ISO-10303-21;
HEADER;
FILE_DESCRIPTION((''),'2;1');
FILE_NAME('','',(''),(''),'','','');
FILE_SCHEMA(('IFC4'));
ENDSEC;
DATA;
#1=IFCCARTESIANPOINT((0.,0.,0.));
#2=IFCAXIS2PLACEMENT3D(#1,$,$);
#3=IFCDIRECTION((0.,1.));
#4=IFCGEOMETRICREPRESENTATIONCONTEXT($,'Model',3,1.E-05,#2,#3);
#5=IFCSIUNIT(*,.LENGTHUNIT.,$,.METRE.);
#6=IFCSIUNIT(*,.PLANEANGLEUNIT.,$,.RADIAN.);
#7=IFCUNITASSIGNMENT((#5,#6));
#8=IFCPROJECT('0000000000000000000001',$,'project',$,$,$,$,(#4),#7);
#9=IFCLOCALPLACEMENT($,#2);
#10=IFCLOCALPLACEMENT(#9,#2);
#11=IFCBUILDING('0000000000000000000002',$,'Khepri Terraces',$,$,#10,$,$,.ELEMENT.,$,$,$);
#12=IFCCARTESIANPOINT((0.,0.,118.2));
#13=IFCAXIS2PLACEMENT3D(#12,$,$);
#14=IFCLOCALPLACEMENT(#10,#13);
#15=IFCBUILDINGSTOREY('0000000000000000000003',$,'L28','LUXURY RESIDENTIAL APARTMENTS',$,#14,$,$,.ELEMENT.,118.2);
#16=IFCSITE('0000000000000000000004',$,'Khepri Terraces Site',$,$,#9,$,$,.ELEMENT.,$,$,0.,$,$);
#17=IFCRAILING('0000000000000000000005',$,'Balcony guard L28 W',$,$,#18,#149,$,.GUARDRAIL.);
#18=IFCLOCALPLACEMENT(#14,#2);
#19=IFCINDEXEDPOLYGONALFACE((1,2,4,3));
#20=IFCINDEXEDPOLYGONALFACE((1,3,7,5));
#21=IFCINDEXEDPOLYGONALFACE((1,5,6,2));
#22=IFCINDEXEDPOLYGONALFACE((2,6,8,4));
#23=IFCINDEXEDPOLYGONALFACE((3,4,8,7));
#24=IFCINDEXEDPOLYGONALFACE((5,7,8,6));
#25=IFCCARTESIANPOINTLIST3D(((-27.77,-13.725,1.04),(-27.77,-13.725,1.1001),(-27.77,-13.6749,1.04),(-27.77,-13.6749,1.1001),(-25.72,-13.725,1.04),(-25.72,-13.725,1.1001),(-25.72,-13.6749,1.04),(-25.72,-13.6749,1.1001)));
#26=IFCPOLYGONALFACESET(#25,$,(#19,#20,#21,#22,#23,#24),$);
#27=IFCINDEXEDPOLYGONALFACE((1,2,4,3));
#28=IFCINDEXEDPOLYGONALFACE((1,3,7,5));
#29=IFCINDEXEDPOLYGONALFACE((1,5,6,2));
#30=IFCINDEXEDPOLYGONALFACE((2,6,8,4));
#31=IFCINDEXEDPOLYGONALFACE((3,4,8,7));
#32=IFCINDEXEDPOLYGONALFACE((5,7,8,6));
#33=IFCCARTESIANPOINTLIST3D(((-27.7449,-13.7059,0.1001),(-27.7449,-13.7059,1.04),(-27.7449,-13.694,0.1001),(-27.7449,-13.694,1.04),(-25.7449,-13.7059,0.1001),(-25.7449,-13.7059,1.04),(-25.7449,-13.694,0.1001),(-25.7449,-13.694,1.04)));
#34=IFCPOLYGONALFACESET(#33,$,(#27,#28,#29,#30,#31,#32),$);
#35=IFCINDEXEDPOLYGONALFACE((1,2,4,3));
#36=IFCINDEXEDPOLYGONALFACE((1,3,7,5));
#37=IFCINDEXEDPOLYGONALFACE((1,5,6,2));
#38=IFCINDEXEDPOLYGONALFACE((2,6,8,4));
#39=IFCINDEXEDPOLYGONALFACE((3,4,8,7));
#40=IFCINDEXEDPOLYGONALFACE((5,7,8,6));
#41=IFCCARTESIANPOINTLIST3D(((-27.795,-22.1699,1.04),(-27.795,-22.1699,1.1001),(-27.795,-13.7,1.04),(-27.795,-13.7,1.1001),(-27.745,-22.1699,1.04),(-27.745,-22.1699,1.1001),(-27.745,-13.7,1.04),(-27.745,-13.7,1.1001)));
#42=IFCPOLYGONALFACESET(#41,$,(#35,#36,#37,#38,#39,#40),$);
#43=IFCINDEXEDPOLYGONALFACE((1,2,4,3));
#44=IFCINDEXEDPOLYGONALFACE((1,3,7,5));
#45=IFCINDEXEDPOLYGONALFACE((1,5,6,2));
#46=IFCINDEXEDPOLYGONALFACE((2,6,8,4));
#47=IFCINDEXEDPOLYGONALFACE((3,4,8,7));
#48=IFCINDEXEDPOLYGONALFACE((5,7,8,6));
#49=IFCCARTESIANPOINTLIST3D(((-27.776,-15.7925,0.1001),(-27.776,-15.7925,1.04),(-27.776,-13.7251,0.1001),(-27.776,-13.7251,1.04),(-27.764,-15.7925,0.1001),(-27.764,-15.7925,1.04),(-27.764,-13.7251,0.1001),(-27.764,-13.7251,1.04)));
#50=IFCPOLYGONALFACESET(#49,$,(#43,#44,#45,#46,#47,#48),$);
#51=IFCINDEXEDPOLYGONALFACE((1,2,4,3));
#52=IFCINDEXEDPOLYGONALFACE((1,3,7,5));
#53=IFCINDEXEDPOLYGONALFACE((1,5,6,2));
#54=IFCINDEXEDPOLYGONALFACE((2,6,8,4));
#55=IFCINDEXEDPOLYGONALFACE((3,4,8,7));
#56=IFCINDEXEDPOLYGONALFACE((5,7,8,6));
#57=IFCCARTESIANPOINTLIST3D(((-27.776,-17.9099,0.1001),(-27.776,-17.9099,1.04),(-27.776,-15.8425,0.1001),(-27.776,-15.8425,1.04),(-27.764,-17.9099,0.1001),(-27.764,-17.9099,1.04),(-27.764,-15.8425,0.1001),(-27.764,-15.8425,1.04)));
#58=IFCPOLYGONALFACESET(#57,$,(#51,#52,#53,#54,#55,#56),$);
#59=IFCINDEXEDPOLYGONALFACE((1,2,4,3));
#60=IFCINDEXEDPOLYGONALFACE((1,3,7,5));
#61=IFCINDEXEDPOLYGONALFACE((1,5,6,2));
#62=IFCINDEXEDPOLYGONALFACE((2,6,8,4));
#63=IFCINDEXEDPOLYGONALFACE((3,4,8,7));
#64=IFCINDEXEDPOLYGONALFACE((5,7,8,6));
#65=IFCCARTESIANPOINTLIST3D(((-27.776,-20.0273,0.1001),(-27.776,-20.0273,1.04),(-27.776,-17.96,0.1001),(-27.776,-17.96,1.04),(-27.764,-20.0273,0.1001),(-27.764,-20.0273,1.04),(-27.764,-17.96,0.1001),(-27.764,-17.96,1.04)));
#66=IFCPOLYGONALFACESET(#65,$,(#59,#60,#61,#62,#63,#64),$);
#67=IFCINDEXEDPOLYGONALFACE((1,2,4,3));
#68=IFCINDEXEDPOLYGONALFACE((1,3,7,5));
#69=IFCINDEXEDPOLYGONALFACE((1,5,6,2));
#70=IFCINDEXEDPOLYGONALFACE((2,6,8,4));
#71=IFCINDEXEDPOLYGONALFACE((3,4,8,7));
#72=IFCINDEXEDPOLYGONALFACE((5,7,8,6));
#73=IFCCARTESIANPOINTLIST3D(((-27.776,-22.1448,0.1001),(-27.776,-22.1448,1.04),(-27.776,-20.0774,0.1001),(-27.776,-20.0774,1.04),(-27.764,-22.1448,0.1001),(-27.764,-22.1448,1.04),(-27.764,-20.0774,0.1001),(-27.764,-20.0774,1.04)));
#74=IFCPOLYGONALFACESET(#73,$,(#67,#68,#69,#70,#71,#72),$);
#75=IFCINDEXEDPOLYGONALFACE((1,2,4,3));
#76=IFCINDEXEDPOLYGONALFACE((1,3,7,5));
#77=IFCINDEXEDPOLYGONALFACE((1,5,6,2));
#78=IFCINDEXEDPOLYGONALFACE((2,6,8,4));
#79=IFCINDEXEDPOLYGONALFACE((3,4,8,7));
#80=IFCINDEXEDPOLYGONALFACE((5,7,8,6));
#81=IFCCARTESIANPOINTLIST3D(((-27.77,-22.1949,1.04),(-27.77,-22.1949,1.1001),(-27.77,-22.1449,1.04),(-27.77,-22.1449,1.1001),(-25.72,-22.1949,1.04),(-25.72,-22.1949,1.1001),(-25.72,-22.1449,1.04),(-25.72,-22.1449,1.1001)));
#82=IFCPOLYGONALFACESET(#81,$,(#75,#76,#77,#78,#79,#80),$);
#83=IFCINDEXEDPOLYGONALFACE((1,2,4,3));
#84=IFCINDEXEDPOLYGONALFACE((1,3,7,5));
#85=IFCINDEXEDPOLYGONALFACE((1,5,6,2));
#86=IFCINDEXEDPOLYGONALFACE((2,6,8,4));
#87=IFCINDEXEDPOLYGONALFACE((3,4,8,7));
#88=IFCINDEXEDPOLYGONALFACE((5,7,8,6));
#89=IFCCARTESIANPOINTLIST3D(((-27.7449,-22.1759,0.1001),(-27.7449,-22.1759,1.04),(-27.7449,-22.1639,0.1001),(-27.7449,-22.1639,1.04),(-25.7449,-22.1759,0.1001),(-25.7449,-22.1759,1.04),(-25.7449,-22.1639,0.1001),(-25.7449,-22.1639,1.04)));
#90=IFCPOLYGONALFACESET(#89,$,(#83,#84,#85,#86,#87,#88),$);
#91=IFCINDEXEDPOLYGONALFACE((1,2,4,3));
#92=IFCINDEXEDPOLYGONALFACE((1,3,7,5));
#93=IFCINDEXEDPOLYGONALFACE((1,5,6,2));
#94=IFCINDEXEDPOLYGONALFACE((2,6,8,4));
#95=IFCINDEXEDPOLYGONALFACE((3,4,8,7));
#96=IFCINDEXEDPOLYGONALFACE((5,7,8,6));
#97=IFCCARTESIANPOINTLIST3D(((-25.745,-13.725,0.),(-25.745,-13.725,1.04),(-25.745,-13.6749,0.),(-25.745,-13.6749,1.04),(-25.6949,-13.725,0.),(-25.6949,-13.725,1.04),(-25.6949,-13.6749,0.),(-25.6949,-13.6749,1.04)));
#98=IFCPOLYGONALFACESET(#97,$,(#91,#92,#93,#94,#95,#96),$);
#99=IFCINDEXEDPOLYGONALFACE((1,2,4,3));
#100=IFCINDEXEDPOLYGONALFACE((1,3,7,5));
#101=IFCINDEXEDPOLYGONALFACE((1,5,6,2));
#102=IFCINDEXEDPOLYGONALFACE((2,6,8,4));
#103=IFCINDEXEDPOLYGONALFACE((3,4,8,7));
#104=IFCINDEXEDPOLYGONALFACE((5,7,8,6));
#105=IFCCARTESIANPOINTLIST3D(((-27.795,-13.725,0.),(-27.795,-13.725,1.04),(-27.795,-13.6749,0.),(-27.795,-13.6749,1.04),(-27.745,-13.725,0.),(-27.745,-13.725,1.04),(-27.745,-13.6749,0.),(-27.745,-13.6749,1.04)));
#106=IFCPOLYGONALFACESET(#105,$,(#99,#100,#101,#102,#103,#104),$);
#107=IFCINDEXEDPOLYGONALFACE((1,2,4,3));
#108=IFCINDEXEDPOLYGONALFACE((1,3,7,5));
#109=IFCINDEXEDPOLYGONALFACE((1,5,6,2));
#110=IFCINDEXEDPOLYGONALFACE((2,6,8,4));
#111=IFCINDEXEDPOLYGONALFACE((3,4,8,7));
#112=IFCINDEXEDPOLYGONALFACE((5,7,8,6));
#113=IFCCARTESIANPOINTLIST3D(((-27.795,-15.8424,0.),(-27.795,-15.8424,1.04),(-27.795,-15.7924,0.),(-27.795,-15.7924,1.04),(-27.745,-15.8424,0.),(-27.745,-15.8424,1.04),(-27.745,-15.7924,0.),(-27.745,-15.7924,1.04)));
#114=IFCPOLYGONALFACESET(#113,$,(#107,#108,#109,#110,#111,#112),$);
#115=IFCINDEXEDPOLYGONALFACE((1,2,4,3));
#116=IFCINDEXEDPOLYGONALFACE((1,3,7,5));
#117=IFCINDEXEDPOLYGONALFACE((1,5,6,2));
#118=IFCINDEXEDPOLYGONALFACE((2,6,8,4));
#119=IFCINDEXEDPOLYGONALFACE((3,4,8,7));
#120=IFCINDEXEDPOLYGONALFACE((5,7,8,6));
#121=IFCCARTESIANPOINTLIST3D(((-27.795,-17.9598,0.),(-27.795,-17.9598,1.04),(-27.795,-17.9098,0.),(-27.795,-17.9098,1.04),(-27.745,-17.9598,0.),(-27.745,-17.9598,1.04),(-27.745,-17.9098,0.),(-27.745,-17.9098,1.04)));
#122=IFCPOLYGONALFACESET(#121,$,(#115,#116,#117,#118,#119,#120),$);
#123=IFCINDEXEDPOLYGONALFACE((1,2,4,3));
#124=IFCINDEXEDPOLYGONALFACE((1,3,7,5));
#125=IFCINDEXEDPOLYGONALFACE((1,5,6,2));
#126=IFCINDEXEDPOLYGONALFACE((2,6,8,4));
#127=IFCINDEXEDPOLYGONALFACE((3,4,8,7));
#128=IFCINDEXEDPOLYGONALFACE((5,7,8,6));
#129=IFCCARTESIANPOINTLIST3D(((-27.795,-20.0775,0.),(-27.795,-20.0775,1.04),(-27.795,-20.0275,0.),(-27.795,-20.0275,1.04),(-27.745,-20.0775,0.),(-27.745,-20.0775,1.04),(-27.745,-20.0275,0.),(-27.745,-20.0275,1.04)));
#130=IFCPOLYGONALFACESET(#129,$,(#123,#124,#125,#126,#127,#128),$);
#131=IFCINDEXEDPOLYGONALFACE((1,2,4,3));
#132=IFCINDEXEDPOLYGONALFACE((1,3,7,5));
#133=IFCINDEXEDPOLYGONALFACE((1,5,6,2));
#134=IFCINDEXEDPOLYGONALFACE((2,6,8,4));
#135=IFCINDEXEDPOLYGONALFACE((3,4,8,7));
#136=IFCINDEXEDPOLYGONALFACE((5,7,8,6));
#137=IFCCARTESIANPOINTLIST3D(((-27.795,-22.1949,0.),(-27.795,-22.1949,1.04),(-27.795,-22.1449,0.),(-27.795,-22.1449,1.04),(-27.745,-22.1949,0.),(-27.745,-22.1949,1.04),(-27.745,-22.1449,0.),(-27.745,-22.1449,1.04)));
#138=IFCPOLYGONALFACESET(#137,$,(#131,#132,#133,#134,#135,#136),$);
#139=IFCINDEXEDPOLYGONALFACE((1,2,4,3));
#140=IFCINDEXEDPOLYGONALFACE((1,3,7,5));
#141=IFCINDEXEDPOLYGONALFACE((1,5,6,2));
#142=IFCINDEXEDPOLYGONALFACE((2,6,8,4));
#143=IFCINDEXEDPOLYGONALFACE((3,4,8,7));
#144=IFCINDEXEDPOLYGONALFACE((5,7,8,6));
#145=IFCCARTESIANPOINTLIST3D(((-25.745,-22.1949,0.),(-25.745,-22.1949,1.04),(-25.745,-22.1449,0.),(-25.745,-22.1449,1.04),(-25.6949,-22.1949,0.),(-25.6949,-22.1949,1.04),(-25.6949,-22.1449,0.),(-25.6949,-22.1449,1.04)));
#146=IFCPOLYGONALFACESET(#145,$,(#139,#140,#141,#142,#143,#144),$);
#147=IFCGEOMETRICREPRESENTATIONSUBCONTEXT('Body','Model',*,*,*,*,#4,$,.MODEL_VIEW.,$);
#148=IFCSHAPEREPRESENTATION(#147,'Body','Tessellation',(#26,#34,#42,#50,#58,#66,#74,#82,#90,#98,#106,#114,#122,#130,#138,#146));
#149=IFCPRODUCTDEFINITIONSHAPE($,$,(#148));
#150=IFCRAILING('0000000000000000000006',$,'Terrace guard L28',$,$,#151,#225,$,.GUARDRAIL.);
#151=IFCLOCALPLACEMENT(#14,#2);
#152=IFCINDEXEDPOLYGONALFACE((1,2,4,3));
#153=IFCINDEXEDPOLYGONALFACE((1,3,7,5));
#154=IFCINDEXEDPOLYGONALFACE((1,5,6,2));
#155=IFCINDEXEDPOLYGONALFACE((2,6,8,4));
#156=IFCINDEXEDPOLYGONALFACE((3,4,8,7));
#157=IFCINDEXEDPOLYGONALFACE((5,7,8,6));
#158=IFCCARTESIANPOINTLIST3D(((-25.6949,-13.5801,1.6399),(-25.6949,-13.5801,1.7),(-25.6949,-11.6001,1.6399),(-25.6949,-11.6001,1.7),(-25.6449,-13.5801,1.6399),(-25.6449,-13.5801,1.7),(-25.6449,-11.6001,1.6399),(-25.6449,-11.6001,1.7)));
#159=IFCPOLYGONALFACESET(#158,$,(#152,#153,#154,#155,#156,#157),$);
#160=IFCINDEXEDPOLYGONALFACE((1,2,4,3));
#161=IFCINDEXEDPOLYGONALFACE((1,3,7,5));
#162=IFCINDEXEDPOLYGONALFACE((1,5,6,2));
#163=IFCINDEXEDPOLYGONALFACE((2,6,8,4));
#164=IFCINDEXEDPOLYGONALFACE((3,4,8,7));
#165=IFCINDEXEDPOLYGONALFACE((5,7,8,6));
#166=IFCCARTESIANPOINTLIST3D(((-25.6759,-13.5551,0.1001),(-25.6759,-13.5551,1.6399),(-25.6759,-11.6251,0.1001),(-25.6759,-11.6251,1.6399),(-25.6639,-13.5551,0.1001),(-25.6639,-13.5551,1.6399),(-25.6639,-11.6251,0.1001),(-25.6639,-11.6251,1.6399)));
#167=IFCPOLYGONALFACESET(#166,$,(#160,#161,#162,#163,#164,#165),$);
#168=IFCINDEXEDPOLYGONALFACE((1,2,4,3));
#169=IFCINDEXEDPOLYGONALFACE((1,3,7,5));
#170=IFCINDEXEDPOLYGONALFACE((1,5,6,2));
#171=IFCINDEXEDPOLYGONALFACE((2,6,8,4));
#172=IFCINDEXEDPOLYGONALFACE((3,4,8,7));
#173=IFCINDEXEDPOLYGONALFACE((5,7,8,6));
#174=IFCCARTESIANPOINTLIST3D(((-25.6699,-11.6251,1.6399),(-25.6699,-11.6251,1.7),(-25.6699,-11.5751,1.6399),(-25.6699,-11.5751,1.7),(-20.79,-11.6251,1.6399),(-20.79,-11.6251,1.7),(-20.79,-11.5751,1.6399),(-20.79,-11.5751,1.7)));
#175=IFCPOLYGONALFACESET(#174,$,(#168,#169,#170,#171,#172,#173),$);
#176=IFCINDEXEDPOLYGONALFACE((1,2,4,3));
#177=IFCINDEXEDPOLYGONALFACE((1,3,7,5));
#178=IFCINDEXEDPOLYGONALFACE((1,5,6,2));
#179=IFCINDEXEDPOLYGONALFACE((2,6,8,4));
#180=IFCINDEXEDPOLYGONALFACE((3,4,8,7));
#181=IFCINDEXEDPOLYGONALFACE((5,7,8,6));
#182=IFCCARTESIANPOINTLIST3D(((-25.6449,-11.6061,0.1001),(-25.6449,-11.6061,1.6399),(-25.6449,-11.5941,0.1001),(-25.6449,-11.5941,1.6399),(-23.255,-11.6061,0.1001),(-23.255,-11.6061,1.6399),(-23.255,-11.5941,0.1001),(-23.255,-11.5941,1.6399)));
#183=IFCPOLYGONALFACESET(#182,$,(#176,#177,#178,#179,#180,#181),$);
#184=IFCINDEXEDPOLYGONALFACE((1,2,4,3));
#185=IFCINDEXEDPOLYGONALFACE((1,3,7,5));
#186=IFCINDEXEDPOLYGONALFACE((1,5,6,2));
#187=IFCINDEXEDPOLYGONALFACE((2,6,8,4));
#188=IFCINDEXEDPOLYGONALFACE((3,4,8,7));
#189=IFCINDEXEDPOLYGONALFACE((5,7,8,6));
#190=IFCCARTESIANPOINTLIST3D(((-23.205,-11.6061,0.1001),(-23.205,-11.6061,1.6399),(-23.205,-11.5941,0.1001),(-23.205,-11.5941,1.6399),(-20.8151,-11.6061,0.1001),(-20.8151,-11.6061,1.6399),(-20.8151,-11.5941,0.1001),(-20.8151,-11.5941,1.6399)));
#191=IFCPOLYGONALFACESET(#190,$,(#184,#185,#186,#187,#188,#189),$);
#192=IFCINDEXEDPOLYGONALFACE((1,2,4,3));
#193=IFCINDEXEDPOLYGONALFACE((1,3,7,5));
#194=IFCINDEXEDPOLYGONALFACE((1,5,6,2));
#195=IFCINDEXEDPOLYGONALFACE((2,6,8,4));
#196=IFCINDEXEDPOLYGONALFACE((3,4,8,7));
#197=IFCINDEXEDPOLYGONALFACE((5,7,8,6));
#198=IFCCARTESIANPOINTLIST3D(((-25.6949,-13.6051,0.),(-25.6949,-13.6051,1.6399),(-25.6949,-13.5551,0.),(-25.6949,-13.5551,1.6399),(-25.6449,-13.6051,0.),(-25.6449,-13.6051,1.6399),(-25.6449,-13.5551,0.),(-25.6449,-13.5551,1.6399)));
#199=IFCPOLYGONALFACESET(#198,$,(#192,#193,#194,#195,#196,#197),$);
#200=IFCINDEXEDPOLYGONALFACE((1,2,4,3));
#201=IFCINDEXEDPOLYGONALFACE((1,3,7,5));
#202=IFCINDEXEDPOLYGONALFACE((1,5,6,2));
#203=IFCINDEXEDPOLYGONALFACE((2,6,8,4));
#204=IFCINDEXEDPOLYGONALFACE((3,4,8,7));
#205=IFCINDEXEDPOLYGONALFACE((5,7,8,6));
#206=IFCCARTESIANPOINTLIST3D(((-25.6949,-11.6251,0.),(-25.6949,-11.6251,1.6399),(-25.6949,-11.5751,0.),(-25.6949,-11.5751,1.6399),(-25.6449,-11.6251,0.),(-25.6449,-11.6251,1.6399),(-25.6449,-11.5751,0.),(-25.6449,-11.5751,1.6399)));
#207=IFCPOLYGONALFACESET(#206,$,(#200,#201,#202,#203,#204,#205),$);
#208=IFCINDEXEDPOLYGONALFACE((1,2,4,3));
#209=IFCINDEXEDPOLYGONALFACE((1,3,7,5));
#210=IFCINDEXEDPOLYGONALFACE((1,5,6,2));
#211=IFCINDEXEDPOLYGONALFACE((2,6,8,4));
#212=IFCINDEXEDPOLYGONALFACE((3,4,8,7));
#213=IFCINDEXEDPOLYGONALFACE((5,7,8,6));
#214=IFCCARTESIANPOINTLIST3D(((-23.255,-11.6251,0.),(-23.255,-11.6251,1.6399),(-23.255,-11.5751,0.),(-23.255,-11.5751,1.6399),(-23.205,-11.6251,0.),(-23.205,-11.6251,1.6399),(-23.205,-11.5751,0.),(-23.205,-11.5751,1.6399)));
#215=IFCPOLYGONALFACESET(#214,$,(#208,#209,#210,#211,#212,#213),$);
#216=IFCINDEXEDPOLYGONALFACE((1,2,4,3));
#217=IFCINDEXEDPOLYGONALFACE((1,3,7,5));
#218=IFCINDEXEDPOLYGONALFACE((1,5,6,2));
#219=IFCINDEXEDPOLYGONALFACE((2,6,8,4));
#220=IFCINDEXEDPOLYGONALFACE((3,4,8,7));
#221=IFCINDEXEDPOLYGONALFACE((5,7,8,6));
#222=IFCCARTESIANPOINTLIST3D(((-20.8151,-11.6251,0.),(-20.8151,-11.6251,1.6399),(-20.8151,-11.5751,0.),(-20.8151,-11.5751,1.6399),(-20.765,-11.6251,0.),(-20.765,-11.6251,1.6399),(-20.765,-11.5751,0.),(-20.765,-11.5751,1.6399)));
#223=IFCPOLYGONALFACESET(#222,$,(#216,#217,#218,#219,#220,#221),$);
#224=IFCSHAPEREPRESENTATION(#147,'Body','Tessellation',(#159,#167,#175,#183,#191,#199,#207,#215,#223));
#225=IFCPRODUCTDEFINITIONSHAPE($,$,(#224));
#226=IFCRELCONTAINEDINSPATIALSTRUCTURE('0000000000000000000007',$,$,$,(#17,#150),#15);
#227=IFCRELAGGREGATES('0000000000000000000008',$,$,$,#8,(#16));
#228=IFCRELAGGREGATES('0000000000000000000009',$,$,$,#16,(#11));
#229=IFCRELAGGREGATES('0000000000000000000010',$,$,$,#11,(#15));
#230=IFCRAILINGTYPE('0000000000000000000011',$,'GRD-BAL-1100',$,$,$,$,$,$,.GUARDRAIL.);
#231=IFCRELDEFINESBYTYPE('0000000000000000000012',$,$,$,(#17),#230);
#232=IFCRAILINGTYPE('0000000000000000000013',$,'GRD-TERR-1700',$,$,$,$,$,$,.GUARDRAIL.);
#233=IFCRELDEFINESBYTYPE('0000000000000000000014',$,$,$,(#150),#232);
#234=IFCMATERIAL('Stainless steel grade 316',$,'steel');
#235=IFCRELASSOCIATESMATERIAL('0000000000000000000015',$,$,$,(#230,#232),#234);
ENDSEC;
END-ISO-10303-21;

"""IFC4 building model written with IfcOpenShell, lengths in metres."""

from ifc_helpers import new_model, si_unit, direction, frame, origin, origin_2d, place, context, subcontext, project, spatial, rectangle, extrude, material, type_object, element, save


model = new_model("IFC4")

# Units and contexts
model_context = context("Model", 3, precision=1e-05, world=origin(), true_north=direction((0.0, 1.0)))
body_context = subcontext(model_context, "Body", "Model", "MODEL_VIEW")
ifc_project = project(units=[si_unit("LENGTHUNIT", "METRE"), si_unit("PLANEANGLEUNIT", "RADIAN")], contexts=[model_context])

# Site, building, storey
site_placement = place(None, origin())
site = spatial("IfcSite", under=ifc_project, at=site_placement, Name="Khepri Terraces Site", CompositionType="ELEMENT", RefElevation=0.0)
building_placement = place(site_placement, origin())
building = spatial("IfcBuilding", under=site, at=building_placement, Name="Khepri Terraces", CompositionType="ELEMENT")
storey_placement = place(building_placement, frame((0.0, 0.0, 118.2)))
storey = spatial("IfcBuildingStorey", under=building, at=storey_placement, Name="L28", Description="LUXURY RESIDENTIAL APARTMENTS", CompositionType="ELEMENT", Elevation=118.2)

# Railings
ifc_material_1 = material(Name="Stainless steel grade 316", Category="steel")
railing_type_1 = type_object("IfcRailingType", Name="GRD-BAL-1100", PredefinedType="GUARDRAIL", material=ifc_material_1)
railing_1_placement = place(storey_placement, frame((-25.72, -13.7, 0.0)))
element("IfcRailing", 1, at=railing_1_placement, inside=storey, type_object=railing_type_1, Name="Balcony guard L28 W", PredefinedType="GUARDRAIL", context=body_context, shape_type="SweptSolid", body=[
    extrude(rectangle(XDim=0.05, YDim=0.0601, at=origin_2d()), frame((0.0, 0.0, 1.0701), z_axis=(-1.0, 0.0, 0.0), x_axis=(0.0, -1.0, 0.0)), (0.0, 0.0, 1.0), 2.05),
    extrude(rectangle(XDim=2.0, YDim=0.012, at=origin_2d()), frame((-1.0249, 0.0, 0.1001), z_axis=(0.0, 0.0, 1.0), x_axis=(-1.0, 0.0, 0.0)), (0.0, 0.0, 1.0), 0.9399),
    extrude(rectangle(XDim=0.05, YDim=0.0601, at=origin_2d()), frame((-2.05, 0.0, 1.0701), z_axis=(0.0, -1.0, 0.0), x_axis=(1.0, 0.0, 0.0)), (0.0, 0.0, 1.0), 8.47),
    extrude(rectangle(XDim=2.0674, YDim=0.012, at=origin_2d()), frame((-2.05, -1.0588, 0.1001), z_axis=(0.0, 0.0, 1.0), x_axis=(0.0, -1.0, 0.0)), (0.0, 0.0, 1.0), 0.9399),
    extrude(rectangle(XDim=2.0674, YDim=0.012, at=origin_2d()), frame((-2.05, -3.1763, 0.1001), z_axis=(0.0, 0.0, 1.0), x_axis=(0.0, -1.0, 0.0)), (0.0, 0.0, 1.0), 0.9399),
    extrude(rectangle(XDim=2.0674, YDim=0.012, at=origin_2d()), frame((-2.05, -5.2937, 0.1001), z_axis=(0.0, 0.0, 1.0), x_axis=(0.0, -1.0, 0.0)), (0.0, 0.0, 1.0), 0.9399),
    extrude(rectangle(XDim=2.0674, YDim=0.012, at=origin_2d()), frame((-2.05, -7.4111, 0.1001), z_axis=(0.0, 0.0, 1.0), x_axis=(0.0, -1.0, 0.0)), (0.0, 0.0, 1.0), 0.9399),
    extrude(rectangle(XDim=0.05, YDim=0.0601, at=origin_2d()), frame((-2.05, -8.47, 1.0701), z_axis=(1.0, 0.0, 0.0), x_axis=(0.0, 1.0, 0.0)), (0.0, 0.0, 1.0), 2.05),
    extrude(rectangle(XDim=2.0, YDim=0.012, at=origin_2d()), frame((-1.0249, -8.47, 0.1001), z_axis=(0.0, 0.0, 1.0), x_axis=(1.0, 0.0, 0.0)), (0.0, 0.0, 1.0), 0.9399),
    extrude(rectangle(XDim=0.05, YDim=0.05, at=origin_2d()), origin(), (0.0, 0.0, 1.0), 1.04),
    extrude(rectangle(XDim=0.05, YDim=0.05, at=origin_2d()), frame((-2.05, 0.0, 0.0)), (0.0, 0.0, 1.0), 1.04),
    extrude(rectangle(XDim=0.05, YDim=0.05, at=origin_2d()), frame((-2.05, -2.1174, 0.0)), (0.0, 0.0, 1.0), 1.04),
    extrude(rectangle(XDim=0.05, YDim=0.05, at=origin_2d()), frame((-2.05, -4.2349, 0.0)), (0.0, 0.0, 1.0), 1.04),
    extrude(rectangle(XDim=0.05, YDim=0.05, at=origin_2d()), frame((-2.05, -6.3525, 0.0)), (0.0, 0.0, 1.0), 1.04),
    extrude(rectangle(XDim=0.05, YDim=0.05, at=origin_2d()), frame((-2.05, -8.47, 0.0)), (0.0, 0.0, 1.0), 1.04),
    extrude(rectangle(XDim=0.05, YDim=0.05, at=origin_2d()), frame((0.0, -8.47, 0.0)), (0.0, 0.0, 1.0), 1.04),
])
railing_type_2 = type_object("IfcRailingType", Name="GRD-TERR-1700", PredefinedType="GUARDRAIL", material=ifc_material_1)
railing_2_placement = place(storey_placement, frame((-25.6699, -13.5801, 0.0)))
element("IfcRailing", 2, at=railing_2_placement, inside=storey, type_object=railing_type_2, Name="Terrace guard L28", PredefinedType="GUARDRAIL", context=body_context, shape_type="SweptSolid", body=[
    extrude(rectangle(XDim=0.05, YDim=0.0601, at=origin_2d()), frame((0.0, 0.0, 1.6699), z_axis=(0.0, 1.0, 0.0), x_axis=(-1.0, 0.0, 0.0)), (0.0, 0.0, 1.0), 1.98),
    extrude(rectangle(XDim=1.9299, YDim=0.012, at=origin_2d()), frame((0.0, 0.99, 0.1001), z_axis=(0.0, 0.0, 1.0), x_axis=(0.0, 1.0, 0.0)), (0.0, 0.0, 1.0), 1.5398),
    extrude(rectangle(XDim=0.05, YDim=0.0601, at=origin_2d()), frame((0.0, 1.98, 1.6699), z_axis=(1.0, 0.0, 0.0), x_axis=(0.0, 1.0, 0.0)), (0.0, 0.0, 1.0), 4.8799),
    extrude(rectangle(XDim=2.3899, YDim=0.012, at=origin_2d()), frame((1.22, 1.98, 0.1001), z_axis=(0.0, 0.0, 1.0), x_axis=(1.0, 0.0, 0.0)), (0.0, 0.0, 1.0), 1.5398),
    extrude(rectangle(XDim=2.3899, YDim=0.012, at=origin_2d()), frame((3.6599, 1.98, 0.1001), z_axis=(0.0, 0.0, 1.0), x_axis=(1.0, 0.0, 0.0)), (0.0, 0.0, 1.0), 1.5398),
    extrude(rectangle(XDim=0.05, YDim=0.05, at=origin_2d()), origin(), (0.0, 0.0, 1.0), 1.6399),
    extrude(rectangle(XDim=0.05, YDim=0.05, at=origin_2d()), frame((0.0, 1.98, 0.0)), (0.0, 0.0, 1.0), 1.6399),
    extrude(rectangle(XDim=0.05, YDim=0.05, at=origin_2d()), frame((2.4399, 1.98, 0.0)), (0.0, 0.0, 1.0), 1.6399),
    extrude(rectangle(XDim=0.05, YDim=0.05, at=origin_2d()), frame((4.8799, 1.98, 0.0)), (0.0, 0.0, 1.0), 1.6399),
])

save(model, "model.ifc")
